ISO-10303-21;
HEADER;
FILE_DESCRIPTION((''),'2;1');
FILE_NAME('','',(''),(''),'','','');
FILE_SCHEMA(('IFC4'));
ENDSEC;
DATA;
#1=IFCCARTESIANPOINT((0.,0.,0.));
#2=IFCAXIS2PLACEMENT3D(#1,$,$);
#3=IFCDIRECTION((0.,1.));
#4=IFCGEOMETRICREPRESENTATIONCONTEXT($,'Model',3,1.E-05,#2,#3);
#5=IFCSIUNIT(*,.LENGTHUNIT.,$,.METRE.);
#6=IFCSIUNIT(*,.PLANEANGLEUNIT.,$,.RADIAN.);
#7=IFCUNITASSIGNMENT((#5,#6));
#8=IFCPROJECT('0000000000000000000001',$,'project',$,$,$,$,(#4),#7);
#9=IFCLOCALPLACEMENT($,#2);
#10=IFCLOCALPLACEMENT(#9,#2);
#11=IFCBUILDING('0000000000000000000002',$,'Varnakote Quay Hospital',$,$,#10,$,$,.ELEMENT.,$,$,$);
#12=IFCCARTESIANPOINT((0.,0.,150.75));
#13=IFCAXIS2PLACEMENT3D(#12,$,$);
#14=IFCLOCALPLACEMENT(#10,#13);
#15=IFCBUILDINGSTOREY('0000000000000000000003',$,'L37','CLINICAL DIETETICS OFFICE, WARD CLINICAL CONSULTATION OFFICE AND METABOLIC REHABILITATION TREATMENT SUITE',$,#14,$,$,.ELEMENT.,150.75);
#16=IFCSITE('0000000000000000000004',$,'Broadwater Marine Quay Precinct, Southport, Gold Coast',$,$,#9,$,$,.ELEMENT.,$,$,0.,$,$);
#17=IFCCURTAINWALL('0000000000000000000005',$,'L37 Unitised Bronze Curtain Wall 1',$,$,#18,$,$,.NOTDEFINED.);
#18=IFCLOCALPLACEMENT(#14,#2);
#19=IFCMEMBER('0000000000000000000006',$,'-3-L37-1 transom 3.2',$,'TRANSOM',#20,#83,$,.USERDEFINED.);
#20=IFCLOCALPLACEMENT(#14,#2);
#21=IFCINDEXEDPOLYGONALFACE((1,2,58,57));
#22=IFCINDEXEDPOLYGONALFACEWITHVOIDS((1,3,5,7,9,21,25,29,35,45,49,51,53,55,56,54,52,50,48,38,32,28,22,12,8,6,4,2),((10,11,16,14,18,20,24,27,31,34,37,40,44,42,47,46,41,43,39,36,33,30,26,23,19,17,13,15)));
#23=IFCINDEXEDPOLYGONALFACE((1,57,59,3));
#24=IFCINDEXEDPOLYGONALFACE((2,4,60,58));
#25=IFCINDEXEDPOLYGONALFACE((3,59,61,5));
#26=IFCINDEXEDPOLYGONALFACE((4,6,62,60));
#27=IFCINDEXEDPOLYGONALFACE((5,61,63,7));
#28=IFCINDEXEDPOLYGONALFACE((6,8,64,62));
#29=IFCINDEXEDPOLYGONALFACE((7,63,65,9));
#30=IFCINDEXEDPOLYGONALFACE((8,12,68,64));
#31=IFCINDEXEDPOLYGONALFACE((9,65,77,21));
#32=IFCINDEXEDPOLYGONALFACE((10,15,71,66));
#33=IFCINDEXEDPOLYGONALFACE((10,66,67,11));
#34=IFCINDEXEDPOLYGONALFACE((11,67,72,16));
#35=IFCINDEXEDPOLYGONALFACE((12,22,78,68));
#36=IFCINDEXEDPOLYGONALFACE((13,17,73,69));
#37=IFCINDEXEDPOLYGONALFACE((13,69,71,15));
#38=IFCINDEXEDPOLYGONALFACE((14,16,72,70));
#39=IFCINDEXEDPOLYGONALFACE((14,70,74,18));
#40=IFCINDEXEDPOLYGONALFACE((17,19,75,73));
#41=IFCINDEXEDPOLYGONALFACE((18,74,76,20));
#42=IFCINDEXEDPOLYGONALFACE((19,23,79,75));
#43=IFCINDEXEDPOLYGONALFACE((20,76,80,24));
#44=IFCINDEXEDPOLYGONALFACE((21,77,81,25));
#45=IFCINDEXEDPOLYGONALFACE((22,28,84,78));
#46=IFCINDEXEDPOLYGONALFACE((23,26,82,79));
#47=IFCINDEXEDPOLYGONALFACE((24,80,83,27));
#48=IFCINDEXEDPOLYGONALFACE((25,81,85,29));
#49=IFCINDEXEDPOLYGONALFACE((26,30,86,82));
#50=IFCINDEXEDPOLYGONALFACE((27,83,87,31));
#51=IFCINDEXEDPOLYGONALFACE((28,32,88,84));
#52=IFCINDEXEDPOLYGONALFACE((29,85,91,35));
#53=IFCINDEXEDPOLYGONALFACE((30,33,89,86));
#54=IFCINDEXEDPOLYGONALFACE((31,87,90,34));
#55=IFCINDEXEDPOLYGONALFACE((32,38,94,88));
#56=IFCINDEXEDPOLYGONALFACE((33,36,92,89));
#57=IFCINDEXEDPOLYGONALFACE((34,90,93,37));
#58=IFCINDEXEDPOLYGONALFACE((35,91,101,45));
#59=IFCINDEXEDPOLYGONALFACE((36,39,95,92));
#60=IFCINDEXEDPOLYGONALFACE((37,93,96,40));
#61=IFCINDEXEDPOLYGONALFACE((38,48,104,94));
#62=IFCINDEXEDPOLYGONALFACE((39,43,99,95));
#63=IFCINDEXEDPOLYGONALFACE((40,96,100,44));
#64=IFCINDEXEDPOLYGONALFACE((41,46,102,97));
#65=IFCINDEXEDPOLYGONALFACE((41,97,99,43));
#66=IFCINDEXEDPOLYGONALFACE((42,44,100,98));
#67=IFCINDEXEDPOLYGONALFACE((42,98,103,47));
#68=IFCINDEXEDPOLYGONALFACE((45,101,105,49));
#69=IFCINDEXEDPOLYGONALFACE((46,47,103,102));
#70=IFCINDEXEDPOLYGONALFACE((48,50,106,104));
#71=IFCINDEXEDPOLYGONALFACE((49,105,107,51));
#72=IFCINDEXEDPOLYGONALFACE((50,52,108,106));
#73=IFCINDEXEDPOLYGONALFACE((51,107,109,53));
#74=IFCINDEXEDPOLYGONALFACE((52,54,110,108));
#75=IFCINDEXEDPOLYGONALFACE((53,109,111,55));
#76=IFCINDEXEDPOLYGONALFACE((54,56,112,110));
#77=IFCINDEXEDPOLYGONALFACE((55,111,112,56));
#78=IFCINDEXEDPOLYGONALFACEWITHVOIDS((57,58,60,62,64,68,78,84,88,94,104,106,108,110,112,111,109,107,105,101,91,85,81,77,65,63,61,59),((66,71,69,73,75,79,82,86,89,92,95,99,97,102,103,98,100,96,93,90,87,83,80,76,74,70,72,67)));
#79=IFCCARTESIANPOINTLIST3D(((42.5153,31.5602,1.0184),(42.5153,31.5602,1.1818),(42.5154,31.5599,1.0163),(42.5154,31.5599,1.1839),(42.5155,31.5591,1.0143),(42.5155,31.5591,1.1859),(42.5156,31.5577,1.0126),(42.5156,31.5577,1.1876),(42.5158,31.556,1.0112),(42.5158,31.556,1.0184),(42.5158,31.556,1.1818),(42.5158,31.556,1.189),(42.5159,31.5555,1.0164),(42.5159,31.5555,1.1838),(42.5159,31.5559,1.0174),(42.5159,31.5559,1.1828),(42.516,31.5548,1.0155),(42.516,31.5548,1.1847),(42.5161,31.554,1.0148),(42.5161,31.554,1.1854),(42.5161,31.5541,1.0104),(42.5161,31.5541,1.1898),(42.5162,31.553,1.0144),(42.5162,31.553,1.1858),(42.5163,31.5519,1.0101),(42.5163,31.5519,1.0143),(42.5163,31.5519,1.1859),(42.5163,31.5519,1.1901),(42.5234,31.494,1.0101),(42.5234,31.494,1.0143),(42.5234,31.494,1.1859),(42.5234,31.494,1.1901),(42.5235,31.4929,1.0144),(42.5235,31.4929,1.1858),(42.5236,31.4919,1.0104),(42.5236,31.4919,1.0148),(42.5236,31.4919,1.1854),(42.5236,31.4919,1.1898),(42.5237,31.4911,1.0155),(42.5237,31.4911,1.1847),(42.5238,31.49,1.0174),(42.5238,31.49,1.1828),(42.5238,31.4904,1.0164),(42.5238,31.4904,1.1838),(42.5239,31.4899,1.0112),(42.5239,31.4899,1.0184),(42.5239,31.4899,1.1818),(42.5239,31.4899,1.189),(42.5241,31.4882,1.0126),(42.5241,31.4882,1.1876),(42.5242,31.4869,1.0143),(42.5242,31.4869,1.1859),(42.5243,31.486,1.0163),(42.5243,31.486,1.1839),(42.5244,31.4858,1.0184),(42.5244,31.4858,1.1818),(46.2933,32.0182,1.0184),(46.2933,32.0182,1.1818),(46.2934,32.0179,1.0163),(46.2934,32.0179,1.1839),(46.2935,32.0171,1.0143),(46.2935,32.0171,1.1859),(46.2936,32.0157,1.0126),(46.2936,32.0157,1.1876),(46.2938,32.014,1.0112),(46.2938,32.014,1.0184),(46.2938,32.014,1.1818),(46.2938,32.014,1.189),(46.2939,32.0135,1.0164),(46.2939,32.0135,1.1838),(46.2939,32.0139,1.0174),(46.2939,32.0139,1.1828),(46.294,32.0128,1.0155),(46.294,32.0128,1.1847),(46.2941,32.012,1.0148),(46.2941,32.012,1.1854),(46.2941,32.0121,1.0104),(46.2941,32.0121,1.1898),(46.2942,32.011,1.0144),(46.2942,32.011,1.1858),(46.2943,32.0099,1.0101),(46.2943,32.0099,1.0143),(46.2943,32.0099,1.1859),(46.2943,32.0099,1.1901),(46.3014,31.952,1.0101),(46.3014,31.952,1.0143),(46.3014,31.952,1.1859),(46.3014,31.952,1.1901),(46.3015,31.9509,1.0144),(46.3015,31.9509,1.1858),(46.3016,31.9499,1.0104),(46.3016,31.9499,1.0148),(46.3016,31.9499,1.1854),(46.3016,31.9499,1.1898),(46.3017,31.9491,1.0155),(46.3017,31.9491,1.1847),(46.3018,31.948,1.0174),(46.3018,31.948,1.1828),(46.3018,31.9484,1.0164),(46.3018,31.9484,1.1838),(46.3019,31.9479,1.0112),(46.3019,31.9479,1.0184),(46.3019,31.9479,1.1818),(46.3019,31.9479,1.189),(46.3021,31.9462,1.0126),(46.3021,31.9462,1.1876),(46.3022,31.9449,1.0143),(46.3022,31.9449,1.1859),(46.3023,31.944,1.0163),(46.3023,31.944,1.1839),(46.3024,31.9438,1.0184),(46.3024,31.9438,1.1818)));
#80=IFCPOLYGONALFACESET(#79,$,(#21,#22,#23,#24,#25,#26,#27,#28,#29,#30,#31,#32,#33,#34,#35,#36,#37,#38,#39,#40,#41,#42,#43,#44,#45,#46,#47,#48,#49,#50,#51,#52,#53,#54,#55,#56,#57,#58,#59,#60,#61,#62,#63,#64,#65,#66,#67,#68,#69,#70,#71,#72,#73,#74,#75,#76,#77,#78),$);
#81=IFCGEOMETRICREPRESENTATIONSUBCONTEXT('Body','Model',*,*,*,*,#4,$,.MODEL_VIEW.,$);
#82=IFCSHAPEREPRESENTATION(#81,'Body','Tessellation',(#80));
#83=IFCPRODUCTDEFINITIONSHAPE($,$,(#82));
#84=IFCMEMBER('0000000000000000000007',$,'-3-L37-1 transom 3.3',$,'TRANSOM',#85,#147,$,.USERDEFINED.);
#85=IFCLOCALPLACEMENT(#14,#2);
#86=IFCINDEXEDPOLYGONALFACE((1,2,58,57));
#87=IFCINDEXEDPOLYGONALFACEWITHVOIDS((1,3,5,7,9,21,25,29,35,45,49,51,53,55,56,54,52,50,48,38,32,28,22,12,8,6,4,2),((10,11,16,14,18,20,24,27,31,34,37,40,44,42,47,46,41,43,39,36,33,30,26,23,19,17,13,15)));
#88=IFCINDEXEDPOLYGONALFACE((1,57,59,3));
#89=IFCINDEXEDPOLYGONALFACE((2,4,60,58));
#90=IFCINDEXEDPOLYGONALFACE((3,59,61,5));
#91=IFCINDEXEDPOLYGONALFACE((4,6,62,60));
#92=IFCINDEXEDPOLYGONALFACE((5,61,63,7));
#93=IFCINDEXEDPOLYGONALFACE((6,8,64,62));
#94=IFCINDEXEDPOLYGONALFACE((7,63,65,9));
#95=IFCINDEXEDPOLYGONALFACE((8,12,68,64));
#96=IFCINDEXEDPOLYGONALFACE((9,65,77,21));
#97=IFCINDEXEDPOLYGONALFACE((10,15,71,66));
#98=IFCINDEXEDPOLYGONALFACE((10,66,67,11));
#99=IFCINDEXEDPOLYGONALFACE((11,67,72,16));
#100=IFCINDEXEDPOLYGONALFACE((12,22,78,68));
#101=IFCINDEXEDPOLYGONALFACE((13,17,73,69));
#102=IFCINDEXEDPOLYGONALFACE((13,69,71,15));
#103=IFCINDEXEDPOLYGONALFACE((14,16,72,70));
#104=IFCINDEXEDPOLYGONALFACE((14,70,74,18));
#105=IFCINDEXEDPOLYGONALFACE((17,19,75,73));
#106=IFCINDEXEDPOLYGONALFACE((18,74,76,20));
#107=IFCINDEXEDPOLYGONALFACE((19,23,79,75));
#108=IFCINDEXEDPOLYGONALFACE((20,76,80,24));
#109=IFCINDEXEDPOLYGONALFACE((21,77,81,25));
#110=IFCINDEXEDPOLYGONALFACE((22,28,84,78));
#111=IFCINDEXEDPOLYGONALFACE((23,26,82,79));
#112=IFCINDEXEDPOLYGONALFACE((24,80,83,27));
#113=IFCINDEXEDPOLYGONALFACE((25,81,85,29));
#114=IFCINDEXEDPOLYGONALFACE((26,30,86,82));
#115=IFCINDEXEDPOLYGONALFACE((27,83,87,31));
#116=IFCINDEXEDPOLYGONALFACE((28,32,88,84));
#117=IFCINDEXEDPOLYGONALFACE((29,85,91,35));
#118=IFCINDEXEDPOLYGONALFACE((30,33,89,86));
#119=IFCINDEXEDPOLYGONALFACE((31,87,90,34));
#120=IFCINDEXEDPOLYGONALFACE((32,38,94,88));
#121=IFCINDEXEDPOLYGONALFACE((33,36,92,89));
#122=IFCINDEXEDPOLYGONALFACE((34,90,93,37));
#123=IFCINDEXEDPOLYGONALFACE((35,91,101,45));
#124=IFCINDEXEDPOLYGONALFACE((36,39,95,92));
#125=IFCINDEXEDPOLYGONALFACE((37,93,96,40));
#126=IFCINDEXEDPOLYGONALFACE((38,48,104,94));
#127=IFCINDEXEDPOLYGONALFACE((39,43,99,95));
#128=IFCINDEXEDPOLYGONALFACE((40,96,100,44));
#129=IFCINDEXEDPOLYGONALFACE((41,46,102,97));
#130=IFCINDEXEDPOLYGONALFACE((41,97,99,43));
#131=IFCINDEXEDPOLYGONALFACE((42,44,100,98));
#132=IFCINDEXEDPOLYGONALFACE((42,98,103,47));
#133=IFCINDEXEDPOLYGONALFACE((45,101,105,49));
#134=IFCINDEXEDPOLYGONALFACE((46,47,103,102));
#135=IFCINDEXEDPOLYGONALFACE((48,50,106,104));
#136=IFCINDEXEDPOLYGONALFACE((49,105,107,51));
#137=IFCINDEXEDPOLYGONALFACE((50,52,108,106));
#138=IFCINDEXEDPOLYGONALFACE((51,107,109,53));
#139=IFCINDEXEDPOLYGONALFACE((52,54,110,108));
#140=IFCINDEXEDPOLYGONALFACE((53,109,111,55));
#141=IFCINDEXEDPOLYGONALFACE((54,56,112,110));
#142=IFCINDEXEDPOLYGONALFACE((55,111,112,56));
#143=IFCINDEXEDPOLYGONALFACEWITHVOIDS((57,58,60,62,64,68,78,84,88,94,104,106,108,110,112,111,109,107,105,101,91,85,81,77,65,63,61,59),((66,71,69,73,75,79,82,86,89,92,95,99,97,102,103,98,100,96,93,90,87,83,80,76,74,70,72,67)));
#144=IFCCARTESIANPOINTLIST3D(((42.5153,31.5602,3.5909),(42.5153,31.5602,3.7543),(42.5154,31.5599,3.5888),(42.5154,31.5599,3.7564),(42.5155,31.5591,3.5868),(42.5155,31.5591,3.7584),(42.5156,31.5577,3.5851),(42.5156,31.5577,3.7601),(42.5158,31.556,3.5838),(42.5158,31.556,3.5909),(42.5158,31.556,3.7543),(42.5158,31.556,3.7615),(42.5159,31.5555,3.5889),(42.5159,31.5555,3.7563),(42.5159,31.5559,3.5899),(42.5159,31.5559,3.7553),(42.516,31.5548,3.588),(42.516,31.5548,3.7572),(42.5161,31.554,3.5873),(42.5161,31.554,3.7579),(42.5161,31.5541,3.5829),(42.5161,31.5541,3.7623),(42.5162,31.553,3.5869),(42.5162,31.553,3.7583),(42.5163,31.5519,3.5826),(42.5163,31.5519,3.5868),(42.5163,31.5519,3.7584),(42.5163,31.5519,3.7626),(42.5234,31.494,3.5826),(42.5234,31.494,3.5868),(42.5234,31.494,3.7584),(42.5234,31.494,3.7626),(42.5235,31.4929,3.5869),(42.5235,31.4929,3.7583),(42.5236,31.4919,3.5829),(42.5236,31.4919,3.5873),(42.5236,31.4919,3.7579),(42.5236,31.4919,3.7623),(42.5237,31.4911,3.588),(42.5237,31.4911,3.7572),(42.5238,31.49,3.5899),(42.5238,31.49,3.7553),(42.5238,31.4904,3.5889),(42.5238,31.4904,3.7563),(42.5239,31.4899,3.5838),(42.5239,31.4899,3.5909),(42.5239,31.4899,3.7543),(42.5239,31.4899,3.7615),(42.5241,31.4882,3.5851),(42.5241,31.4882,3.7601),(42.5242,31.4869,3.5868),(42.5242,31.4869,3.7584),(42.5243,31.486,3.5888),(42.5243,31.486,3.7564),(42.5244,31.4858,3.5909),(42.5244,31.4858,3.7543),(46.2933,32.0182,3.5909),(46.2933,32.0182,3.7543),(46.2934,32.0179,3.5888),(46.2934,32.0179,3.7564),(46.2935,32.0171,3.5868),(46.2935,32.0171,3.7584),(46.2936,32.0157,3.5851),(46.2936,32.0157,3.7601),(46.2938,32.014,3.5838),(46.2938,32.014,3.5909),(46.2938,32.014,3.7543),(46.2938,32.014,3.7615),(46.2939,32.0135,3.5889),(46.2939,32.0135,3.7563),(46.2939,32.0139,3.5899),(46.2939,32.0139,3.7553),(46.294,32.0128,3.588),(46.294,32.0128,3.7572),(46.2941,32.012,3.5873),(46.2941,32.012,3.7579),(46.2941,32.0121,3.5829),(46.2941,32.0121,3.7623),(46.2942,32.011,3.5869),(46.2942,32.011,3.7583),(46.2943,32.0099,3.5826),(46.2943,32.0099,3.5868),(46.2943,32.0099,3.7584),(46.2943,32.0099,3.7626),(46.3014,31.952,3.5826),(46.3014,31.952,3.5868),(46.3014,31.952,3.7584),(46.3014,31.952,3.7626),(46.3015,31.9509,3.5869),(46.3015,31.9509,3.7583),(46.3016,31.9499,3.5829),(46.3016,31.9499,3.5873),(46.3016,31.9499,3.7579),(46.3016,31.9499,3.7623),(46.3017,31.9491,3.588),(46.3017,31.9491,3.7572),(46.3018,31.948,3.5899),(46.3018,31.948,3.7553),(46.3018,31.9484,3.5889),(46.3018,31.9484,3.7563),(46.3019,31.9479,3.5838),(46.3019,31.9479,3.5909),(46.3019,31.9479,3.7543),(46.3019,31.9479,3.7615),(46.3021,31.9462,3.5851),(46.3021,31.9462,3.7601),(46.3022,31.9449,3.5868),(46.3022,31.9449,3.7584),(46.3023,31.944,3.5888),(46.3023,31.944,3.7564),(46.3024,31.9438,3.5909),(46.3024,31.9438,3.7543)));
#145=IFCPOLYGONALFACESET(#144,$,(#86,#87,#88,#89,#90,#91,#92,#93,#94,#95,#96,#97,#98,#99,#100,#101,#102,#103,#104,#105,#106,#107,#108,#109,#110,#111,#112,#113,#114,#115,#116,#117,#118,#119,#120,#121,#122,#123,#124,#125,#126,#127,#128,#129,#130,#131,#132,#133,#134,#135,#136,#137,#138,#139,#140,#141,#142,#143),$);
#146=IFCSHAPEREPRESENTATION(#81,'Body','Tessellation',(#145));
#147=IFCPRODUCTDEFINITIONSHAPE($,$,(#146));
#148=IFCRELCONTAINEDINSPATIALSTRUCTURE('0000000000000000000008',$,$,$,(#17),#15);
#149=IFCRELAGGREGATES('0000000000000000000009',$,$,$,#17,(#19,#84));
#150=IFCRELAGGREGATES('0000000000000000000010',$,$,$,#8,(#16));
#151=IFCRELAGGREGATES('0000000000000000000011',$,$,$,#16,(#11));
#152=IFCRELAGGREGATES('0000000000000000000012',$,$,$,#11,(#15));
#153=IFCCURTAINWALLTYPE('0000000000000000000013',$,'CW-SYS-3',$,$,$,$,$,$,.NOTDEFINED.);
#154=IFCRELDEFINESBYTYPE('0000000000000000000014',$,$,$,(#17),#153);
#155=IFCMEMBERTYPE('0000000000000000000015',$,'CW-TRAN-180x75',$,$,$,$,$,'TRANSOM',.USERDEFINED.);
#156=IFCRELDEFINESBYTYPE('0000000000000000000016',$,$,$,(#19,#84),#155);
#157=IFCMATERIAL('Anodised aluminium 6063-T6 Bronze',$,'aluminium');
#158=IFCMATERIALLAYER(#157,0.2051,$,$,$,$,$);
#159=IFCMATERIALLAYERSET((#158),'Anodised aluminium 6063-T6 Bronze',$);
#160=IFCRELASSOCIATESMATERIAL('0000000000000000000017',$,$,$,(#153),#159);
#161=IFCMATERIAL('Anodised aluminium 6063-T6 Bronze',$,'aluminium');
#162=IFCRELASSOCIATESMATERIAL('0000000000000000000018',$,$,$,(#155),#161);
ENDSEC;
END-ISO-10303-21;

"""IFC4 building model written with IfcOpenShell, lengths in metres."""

from ifc_helpers import new_model, si_unit, direction, frame, origin, origin_2d, place, context, subcontext, project, spatial, hollow_rectangle, extrude, material, layer, layer_set, material_profile, profile_set, type_object, element, aggregate, save


model = new_model("IFC4")

# Units and contexts
model_context = context("Model", 3, precision=1e-05, world=origin(), true_north=direction((0.0, 1.0)))
body_context = subcontext(model_context, "Body", "Model", "MODEL_VIEW")
ifc_project = project(units=[si_unit("LENGTHUNIT", "METRE"), si_unit("PLANEANGLEUNIT", "RADIAN")], contexts=[model_context])

# Site, building, storey
site_placement = place(None, origin())
site = spatial("IfcSite", under=ifc_project, at=site_placement, Name="Broadwater Marine Quay Precinct, Southport, Gold Coast", CompositionType="ELEMENT", RefElevation=0.0)
building_placement = place(site_placement, origin())
building = spatial("IfcBuilding", under=site, at=building_placement, Name="Varnakote Quay Hospital", CompositionType="ELEMENT")
storey_placement = place(building_placement, frame((0.0, 0.0, 150.75)))
storey = spatial("IfcBuildingStorey", under=building, at=storey_placement, Name="L37", Description="CLINICAL DIETETICS OFFICE, WARD CLINICAL CONSULTATION OFFICE AND METABOLIC REHABILITATION TREATMENT SUITE", CompositionType="ELEMENT", Elevation=150.75)

# Curtain wall, members
ifc_material_1 = material(Name="Anodised aluminium 6063-T6 Bronze", Category="aluminium")
ifc_layer_1 = layer(ifc_material_1, 0.2051)
ifc_layer_set_1 = layer_set([ifc_layer_1], Name="Anodised aluminium 6063-T6 Bronze")
curtain_wall_type = type_object("IfcCurtainWallType", Name="CW-SYS-3", PredefinedType="NOTDEFINED", material=ifc_layer_set_1)
curtain_wall_placement = place(storey_placement, origin())
curtain_wall = element("IfcCurtainWall", 1, at=curtain_wall_placement, inside=storey, type_object=curtain_wall_type, Name="L37 Unitised Bronze Curtain Wall 1", PredefinedType="NOTDEFINED")
ifc_material_2 = material(Name="Anodised aluminium 6063-T6 Bronze", Category="aluminium")
ifc_material_profile_1 = material_profile(ifc_material_2, hollow_rectangle(XDim=0.075, YDim=0.1799, WallThickness=0.0042, InnerFilletRadius=0.0042, OuterFilletRadius=0.0083, at=origin_2d()), Name="CW-TRAN-180x75")
ifc_profile_set_1 = profile_set([ifc_material_profile_1], Name="Anodised aluminium 6063-T6 Bronze")
member_type_1 = type_object("IfcMemberType", Name="CW-TRAN-180x75", ElementType="TRANSOM", PredefinedType="USERDEFINED", material=ifc_profile_set_1)
member_1_placement = place(storey_placement, frame((46.2979, 31.981, 1.1001), z_axis=(-0.992732, -0.120347, 0.0), x_axis=(0.120347, -0.992732, 0.0)))
member_1 = element("IfcMember", 2, at=member_1_placement, type_object=member_type_1, Name="-3-L37-1 transom 3.2", ObjectType="TRANSOM", PredefinedType="USERDEFINED", context=body_context, shape_type="SweptSolid", body=[
    extrude(hollow_rectangle(XDim=0.075, YDim=0.1799, WallThickness=0.0042, InnerFilletRadius=0.0042, OuterFilletRadius=0.0083, at=origin_2d()), origin(), (0.0, 0.0, 1.0), 3.8057),
])
member_2_placement = place(storey_placement, frame((46.2979, 31.981, 3.6726), z_axis=(-0.992732, -0.120347, 0.0), x_axis=(0.120347, -0.992732, 0.0)))
member_2 = element("IfcMember", 3, at=member_2_placement, type_object=member_type_1, Name="-3-L37-1 transom 3.3", ObjectType="TRANSOM", PredefinedType="USERDEFINED", context=body_context, shape_type="SweptSolid", body=[
    extrude(hollow_rectangle(XDim=0.075, YDim=0.1799, WallThickness=0.0042, InnerFilletRadius=0.0042, OuterFilletRadius=0.0083, at=origin_2d()), origin(), (0.0, 0.0, 1.0), 3.8057),
])

aggregate(curtain_wall, [member_1, member_2])

save(model, "model.ifc")
